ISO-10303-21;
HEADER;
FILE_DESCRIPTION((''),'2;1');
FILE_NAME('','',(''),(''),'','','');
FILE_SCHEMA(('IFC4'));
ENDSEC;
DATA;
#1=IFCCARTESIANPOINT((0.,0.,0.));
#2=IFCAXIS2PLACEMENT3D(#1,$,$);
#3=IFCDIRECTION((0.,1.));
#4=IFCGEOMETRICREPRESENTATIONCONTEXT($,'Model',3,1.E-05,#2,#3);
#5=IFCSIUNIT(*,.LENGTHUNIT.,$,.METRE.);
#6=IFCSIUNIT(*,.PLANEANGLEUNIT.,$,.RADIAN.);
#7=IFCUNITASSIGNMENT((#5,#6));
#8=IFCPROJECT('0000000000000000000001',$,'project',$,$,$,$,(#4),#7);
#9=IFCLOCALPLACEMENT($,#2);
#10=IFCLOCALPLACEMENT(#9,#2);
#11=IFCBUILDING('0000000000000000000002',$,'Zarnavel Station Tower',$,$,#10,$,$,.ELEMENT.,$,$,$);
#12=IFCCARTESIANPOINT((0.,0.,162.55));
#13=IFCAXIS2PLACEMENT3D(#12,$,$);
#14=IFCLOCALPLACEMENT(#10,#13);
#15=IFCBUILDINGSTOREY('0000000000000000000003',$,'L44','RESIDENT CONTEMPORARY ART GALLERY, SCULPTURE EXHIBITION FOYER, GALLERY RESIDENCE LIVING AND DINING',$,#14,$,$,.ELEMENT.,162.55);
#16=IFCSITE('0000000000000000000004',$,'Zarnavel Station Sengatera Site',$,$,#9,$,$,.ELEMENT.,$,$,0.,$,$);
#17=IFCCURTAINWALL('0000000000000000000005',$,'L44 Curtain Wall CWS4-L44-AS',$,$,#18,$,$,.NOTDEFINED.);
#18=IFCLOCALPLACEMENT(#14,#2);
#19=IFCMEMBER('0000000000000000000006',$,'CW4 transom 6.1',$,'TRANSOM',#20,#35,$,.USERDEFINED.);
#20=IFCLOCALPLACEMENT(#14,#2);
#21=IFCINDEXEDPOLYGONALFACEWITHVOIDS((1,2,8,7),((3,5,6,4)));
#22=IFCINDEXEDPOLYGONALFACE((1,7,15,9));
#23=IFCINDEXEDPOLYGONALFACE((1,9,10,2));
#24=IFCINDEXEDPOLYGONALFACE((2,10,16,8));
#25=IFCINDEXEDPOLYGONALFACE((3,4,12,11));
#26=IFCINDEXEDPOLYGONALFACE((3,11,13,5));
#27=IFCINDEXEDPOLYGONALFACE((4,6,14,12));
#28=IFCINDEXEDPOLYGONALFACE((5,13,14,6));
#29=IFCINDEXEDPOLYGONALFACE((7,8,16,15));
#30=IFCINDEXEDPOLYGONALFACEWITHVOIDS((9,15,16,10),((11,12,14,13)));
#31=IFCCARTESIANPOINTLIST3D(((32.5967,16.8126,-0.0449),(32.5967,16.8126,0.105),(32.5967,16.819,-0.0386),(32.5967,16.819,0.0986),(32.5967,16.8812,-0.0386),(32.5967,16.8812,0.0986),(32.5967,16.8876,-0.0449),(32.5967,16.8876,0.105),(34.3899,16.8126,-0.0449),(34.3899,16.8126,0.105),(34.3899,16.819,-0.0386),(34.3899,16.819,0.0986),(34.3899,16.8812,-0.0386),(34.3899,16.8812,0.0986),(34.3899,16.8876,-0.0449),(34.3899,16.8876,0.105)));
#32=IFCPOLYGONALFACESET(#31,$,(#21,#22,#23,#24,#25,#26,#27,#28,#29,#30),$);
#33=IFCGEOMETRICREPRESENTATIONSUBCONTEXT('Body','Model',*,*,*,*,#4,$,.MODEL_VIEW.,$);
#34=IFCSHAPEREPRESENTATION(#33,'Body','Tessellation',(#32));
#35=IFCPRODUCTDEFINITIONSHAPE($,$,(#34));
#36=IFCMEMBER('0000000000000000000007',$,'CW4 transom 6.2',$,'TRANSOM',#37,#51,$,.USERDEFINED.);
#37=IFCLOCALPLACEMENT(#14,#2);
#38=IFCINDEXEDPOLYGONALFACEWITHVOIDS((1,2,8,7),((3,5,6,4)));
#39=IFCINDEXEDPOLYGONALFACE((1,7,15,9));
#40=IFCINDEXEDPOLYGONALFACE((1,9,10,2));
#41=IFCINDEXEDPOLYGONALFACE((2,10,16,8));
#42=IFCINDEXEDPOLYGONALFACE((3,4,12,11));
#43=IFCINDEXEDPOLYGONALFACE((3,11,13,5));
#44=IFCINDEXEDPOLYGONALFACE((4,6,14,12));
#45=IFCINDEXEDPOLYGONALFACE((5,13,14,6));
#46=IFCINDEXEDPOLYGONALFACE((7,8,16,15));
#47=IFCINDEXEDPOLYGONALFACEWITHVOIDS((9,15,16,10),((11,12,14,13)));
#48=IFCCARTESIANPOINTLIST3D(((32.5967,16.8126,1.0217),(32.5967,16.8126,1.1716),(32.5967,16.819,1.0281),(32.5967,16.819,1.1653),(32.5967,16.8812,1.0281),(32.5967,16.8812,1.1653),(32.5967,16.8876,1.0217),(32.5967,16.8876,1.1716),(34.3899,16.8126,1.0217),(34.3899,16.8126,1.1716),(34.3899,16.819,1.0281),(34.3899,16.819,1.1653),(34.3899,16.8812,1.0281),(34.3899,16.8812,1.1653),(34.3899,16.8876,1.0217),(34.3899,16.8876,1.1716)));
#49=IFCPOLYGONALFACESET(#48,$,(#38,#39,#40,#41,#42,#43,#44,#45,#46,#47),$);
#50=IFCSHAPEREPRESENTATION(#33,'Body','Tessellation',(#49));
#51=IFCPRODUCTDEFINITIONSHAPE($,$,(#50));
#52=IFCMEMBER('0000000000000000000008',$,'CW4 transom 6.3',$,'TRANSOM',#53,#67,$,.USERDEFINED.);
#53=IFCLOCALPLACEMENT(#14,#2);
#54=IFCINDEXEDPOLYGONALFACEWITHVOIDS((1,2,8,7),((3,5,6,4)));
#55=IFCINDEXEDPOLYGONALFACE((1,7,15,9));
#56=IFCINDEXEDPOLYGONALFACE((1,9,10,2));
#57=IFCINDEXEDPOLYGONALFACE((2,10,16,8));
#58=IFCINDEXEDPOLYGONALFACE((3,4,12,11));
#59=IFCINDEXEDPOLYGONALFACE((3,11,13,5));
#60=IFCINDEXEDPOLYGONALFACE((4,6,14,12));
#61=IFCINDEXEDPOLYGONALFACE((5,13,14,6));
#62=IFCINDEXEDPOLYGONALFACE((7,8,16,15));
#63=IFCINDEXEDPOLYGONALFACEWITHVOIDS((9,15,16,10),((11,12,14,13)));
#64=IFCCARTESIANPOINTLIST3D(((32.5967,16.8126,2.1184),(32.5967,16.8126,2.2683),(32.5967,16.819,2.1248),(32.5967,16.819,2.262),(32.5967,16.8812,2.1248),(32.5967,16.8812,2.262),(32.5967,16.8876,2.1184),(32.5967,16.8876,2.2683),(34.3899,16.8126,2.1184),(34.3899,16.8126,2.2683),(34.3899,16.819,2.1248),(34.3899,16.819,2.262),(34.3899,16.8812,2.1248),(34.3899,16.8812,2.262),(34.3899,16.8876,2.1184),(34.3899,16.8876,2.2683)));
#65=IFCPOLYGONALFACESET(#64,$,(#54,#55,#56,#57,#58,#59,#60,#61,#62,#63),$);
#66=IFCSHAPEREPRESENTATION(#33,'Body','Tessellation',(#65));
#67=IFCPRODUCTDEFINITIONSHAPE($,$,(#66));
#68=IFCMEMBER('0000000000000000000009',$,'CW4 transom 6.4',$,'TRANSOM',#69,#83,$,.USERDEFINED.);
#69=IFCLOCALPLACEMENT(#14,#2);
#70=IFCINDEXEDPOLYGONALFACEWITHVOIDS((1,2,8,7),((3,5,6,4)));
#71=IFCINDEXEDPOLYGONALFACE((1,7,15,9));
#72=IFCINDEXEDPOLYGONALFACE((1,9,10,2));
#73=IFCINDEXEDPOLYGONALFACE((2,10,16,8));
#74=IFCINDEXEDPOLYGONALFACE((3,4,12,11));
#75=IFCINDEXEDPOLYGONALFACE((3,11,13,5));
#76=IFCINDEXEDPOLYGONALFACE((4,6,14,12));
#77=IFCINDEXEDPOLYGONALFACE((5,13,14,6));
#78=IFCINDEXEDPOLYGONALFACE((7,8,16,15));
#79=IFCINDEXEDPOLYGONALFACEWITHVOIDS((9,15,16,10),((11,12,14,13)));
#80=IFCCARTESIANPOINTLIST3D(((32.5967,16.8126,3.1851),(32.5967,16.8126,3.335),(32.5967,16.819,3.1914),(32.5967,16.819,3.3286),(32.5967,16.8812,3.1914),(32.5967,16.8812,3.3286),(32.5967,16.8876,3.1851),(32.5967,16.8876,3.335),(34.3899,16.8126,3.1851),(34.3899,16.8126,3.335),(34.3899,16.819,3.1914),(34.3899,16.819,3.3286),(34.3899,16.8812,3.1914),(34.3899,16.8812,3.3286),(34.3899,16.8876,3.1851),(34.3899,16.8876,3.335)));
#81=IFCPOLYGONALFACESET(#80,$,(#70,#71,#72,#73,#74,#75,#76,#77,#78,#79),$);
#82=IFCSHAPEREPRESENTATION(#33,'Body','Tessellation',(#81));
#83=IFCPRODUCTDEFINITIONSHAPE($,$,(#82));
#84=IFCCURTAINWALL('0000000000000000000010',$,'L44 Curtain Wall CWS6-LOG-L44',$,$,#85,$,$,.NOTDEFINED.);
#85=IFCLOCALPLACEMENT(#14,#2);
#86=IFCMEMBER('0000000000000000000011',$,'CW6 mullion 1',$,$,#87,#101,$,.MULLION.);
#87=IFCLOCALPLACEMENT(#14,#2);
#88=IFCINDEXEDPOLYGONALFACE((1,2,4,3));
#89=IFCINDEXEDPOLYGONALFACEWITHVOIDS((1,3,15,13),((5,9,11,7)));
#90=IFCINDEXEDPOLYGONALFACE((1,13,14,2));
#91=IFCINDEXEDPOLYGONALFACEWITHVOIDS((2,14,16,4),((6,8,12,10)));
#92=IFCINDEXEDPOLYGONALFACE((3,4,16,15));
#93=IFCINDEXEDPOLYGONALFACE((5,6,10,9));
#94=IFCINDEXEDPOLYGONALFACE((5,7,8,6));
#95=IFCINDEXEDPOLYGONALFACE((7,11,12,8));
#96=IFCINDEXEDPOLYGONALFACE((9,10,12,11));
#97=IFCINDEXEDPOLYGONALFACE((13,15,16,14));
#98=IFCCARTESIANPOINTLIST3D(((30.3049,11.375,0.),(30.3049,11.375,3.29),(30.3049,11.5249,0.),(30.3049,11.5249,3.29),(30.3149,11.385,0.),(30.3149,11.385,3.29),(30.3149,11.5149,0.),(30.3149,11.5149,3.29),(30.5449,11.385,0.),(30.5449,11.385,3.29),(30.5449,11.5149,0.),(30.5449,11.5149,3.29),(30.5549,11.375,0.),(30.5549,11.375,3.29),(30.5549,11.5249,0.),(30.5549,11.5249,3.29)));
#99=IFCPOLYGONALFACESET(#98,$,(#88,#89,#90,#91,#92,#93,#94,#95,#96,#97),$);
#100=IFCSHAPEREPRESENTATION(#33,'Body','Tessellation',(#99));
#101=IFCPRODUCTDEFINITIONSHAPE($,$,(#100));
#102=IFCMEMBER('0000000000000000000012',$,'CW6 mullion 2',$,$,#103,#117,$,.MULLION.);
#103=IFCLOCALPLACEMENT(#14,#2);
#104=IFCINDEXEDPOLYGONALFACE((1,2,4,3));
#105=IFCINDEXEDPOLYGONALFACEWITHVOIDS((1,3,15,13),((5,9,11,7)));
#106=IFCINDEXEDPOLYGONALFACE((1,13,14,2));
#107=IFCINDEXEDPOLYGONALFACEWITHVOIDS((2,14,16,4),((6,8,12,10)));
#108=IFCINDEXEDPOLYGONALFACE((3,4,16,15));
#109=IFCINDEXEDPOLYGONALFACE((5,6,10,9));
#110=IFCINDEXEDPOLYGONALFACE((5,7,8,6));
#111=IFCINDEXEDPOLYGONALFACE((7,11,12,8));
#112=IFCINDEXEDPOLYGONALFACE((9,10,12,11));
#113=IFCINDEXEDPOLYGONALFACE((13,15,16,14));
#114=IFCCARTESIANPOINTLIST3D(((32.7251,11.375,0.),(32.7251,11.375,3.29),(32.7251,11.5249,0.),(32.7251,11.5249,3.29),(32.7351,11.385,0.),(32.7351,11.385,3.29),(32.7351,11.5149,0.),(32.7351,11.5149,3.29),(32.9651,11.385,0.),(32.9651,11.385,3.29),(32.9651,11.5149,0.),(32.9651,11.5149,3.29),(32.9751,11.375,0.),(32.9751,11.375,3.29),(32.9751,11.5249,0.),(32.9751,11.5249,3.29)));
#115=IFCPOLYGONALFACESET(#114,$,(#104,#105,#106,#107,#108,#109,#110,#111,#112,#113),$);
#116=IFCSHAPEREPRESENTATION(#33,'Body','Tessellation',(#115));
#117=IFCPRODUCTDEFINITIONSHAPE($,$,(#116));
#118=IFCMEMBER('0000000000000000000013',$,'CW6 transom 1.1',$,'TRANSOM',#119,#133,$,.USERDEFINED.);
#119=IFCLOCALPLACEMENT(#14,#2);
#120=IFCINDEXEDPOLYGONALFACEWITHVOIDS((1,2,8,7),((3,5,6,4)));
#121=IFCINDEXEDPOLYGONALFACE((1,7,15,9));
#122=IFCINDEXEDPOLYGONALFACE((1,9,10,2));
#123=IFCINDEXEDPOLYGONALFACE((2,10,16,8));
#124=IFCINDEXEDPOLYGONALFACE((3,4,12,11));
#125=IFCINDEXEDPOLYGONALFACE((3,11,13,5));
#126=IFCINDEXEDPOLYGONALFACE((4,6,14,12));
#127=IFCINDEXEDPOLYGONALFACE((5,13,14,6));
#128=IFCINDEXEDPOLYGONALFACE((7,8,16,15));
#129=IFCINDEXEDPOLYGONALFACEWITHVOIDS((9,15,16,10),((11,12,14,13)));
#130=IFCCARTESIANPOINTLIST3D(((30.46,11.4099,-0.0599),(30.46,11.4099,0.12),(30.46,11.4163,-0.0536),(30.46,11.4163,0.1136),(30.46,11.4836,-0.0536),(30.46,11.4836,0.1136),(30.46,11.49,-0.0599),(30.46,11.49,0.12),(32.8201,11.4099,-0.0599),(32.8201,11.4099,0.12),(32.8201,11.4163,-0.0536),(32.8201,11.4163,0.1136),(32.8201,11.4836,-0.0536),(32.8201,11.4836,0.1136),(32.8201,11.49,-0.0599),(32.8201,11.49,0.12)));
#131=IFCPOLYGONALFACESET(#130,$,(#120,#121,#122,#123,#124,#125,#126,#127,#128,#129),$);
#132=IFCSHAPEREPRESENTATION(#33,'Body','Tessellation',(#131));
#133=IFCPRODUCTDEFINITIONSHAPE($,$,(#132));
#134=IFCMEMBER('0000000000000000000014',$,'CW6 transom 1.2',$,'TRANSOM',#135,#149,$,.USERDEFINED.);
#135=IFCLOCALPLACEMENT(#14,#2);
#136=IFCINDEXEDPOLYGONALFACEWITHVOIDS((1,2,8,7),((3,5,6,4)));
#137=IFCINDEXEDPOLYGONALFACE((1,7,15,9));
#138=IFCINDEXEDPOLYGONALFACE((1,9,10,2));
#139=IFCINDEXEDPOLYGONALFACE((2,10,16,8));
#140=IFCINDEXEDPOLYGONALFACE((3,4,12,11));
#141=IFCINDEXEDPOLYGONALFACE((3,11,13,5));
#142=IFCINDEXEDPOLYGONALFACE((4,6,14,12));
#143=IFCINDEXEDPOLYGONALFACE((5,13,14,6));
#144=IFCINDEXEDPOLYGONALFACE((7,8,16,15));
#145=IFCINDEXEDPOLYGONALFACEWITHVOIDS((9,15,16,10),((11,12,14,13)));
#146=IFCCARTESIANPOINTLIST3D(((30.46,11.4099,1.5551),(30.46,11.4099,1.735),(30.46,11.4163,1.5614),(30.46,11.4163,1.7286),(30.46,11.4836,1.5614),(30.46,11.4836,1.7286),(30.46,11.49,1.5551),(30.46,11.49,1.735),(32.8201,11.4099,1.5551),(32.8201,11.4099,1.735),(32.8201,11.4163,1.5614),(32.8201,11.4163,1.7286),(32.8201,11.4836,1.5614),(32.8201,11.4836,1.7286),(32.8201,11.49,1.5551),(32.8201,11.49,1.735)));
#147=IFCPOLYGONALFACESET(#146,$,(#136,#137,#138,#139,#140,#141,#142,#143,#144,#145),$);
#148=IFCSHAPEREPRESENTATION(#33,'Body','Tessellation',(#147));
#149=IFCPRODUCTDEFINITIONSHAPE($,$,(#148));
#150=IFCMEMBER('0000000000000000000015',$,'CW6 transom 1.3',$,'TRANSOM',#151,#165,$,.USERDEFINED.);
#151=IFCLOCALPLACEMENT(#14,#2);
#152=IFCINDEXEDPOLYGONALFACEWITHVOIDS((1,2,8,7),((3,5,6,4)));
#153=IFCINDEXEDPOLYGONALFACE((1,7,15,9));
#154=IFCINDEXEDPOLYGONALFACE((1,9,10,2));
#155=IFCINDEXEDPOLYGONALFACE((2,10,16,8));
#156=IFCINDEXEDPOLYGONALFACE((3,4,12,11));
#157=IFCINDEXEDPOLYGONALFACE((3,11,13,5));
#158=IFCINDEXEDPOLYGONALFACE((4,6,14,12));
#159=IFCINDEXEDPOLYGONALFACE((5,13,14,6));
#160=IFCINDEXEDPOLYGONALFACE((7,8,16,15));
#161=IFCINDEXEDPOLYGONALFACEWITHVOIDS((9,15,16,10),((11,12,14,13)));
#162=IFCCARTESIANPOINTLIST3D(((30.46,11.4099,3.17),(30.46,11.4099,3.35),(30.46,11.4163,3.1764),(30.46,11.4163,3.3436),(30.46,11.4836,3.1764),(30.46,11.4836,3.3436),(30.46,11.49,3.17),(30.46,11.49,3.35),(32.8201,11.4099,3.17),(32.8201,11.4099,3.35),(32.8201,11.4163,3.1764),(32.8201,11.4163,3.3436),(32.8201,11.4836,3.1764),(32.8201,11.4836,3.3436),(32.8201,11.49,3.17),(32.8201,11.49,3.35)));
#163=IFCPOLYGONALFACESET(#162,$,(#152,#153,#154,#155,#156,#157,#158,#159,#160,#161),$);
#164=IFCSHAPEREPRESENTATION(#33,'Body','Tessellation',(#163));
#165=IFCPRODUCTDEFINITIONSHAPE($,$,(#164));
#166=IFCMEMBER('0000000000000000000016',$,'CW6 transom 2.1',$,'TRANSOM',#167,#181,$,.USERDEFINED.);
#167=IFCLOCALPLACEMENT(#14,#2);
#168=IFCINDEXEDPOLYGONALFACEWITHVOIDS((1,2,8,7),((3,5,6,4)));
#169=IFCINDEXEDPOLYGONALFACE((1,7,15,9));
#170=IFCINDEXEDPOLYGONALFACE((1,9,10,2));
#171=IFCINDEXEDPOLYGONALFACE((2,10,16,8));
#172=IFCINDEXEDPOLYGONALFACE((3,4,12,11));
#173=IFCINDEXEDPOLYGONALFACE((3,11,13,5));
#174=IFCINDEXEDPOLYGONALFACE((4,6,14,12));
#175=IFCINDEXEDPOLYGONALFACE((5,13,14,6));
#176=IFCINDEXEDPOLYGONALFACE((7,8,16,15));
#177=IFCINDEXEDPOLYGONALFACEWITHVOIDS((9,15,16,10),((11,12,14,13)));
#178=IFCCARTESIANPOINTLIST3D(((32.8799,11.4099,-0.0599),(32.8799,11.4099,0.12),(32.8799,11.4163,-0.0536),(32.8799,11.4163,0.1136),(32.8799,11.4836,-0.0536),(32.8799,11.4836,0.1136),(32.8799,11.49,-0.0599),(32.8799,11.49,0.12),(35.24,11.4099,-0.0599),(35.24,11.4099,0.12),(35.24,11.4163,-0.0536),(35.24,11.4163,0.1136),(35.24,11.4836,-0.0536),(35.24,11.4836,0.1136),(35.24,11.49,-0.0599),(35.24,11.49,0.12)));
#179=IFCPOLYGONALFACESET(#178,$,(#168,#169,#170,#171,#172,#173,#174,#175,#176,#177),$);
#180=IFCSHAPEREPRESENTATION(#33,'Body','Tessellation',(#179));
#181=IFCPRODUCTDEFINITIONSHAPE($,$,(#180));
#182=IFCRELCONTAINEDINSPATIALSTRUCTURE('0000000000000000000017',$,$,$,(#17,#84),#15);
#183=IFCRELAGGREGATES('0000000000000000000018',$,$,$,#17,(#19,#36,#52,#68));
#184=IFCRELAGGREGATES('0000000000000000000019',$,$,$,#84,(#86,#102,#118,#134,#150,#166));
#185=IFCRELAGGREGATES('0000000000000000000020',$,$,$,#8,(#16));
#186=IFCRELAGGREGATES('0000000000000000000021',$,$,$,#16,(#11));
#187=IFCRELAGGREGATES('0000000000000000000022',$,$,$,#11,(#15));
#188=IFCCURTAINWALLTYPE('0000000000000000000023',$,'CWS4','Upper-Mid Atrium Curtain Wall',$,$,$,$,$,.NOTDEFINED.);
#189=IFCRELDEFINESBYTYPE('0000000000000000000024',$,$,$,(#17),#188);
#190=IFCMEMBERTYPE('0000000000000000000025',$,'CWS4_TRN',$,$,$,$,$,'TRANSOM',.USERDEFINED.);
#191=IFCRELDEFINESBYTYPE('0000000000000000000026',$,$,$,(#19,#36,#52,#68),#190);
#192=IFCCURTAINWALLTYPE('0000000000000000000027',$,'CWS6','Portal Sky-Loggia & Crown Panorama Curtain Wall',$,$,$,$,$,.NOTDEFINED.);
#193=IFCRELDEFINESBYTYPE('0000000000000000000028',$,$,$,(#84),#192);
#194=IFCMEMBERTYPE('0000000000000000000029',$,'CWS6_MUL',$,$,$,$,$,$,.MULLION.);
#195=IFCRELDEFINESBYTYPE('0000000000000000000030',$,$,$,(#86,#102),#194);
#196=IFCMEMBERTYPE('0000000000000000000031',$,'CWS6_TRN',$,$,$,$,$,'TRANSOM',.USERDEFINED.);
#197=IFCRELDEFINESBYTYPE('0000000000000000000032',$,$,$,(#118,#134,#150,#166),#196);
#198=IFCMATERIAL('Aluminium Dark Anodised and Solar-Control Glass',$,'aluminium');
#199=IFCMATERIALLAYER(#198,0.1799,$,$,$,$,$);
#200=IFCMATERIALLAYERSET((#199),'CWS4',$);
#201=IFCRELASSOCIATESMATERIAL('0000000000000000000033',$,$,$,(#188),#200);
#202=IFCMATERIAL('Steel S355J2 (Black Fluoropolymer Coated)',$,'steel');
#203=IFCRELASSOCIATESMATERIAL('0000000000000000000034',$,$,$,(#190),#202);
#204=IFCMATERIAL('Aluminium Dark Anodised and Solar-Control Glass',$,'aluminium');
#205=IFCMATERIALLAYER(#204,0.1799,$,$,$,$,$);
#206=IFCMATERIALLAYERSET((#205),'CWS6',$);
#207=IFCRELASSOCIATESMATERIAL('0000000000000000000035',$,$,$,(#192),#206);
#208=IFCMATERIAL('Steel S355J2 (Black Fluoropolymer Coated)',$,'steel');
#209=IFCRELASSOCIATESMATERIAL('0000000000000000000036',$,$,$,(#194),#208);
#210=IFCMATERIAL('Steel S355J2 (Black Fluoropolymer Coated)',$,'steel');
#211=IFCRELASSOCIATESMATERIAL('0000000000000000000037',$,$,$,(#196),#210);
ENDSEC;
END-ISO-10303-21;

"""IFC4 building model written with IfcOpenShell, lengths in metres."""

from ifc_helpers import new_model, si_unit, direction, frame, origin, origin_2d, place, context, subcontext, project, spatial, hollow_rectangle, extrude, material, layer, layer_set, material_profile, profile_set, type_object, element, aggregate, save


model = new_model("IFC4")

# Units and contexts
model_context = context("Model", 3, precision=1e-05, world=origin(), true_north=direction((0.0, 1.0)))
body_context = subcontext(model_context, "Body", "Model", "MODEL_VIEW")
ifc_project = project(units=[si_unit("LENGTHUNIT", "METRE"), si_unit("PLANEANGLEUNIT", "RADIAN")], contexts=[model_context])

# Site, building, storey
site_placement = place(None, origin())
site = spatial("IfcSite", under=ifc_project, at=site_placement, Name="Zarnavel Station Sengatera Site", CompositionType="ELEMENT", RefElevation=0.0)
building_placement = place(site_placement, origin())
building = spatial("IfcBuilding", under=site, at=building_placement, Name="Zarnavel Station Tower", CompositionType="ELEMENT")
storey_placement = place(building_placement, frame((0.0, 0.0, 162.55)))
storey = spatial("IfcBuildingStorey", under=building, at=storey_placement, Name="L44", Description="RESIDENT CONTEMPORARY ART GALLERY, SCULPTURE EXHIBITION FOYER, GALLERY RESIDENCE LIVING AND DINING", CompositionType="ELEMENT", Elevation=162.55)

# Curtain walls, members
ifc_material_1 = material(Name="Aluminium Dark Anodised and Solar-Control Glass", Category="aluminium")
ifc_layer_1 = layer(ifc_material_1, 0.1799)
ifc_layer_set_1 = layer_set([ifc_layer_1], Name="CWS4")
curtain_wall_type_1 = type_object("IfcCurtainWallType", Name="CWS4", Description="Upper-Mid Atrium Curtain Wall", PredefinedType="NOTDEFINED", material=ifc_layer_set_1)
curtain_wall_1_placement = place(storey_placement, origin())
curtain_wall_1 = element("IfcCurtainWall", 1, at=curtain_wall_1_placement, inside=storey, type_object=curtain_wall_type_1, Name="L44 Curtain Wall CWS4-L44-AS", PredefinedType="NOTDEFINED")
ifc_material_2 = material(Name="Steel S355J2 (Black Fluoropolymer Coated)", Category="steel")
ifc_material_profile_1 = material_profile(ifc_material_2, hollow_rectangle(XDim=0.075, YDim=0.1499, WallThickness=0.0063, at=origin_2d()), Name="RHS150x75x6.3")
ifc_profile_set_1 = profile_set([ifc_material_profile_1], Name="Steel S355J2 (Black Fluoropolymer Coated)")
member_type_1 = type_object("IfcMemberType", Name="CWS4_TRN", ElementType="TRANSOM", PredefinedType="USERDEFINED", material=ifc_profile_set_1)
member_1_placement = place(storey_placement, frame((32.5967, 16.8501, 0.03), z_axis=(1.0, 0.0, 0.0), x_axis=(0.0, 1.0, 0.0)))
member_1 = element("IfcMember", 2, at=member_1_placement, type_object=member_type_1, Name="CW4 transom 6.1", ObjectType="TRANSOM", PredefinedType="USERDEFINED", context=body_context, shape_type="SweptSolid", body=[
    extrude(hollow_rectangle(XDim=0.075, YDim=0.1499, WallThickness=0.0063, at=origin_2d()), origin(), (0.0, 0.0, 1.0), 1.7932),
])
member_2_placement = place(storey_placement, frame((32.5967, 16.8501, 1.0967), z_axis=(1.0, 0.0, 0.0), x_axis=(0.0, 1.0, 0.0)))
member_2 = element("IfcMember", 3, at=member_2_placement, type_object=member_type_1, Name="CW4 transom 6.2", ObjectType="TRANSOM", PredefinedType="USERDEFINED", context=body_context, shape_type="SweptSolid", body=[
    extrude(hollow_rectangle(XDim=0.075, YDim=0.1499, WallThickness=0.0063, at=origin_2d()), origin(), (0.0, 0.0, 1.0), 1.7932),
])
member_3_placement = place(storey_placement, frame((32.5967, 16.8501, 2.1934), z_axis=(1.0, 0.0, 0.0), x_axis=(0.0, 1.0, 0.0)))
member_3 = element("IfcMember", 4, at=member_3_placement, type_object=member_type_1, Name="CW4 transom 6.3", ObjectType="TRANSOM", PredefinedType="USERDEFINED", context=body_context, shape_type="SweptSolid", body=[
    extrude(hollow_rectangle(XDim=0.075, YDim=0.1499, WallThickness=0.0063, at=origin_2d()), origin(), (0.0, 0.0, 1.0), 1.7932),
])
member_4_placement = place(storey_placement, frame((32.5967, 16.8501, 3.26), z_axis=(1.0, 0.0, 0.0), x_axis=(0.0, 1.0, 0.0)))
member_4 = element("IfcMember", 5, at=member_4_placement, type_object=member_type_1, Name="CW4 transom 6.4", ObjectType="TRANSOM", PredefinedType="USERDEFINED", context=body_context, shape_type="SweptSolid", body=[
    extrude(hollow_rectangle(XDim=0.075, YDim=0.1499, WallThickness=0.0063, at=origin_2d()), origin(), (0.0, 0.0, 1.0), 1.7932),
])
ifc_material_3 = material(Name="Aluminium Dark Anodised and Solar-Control Glass", Category="aluminium")
ifc_layer_2 = layer(ifc_material_3, 0.1799)
ifc_layer_set_2 = layer_set([ifc_layer_2], Name="CWS6")
curtain_wall_type_2 = type_object("IfcCurtainWallType", Name="CWS6", Description="Portal Sky-Loggia & Crown Panorama Curtain Wall", PredefinedType="NOTDEFINED", material=ifc_layer_set_2)
curtain_wall_2_placement = place(storey_placement, origin())
curtain_wall_2 = element("IfcCurtainWall", 6, at=curtain_wall_2_placement, inside=storey, type_object=curtain_wall_type_2, Name="L44 Curtain Wall CWS6-LOG-L44", PredefinedType="NOTDEFINED")
ifc_material_4 = material(Name="Steel S355J2 (Black Fluoropolymer Coated)", Category="steel")
ifc_material_profile_2 = material_profile(ifc_material_4, hollow_rectangle(XDim=0.1499, YDim=0.25, WallThickness=0.01, at=origin_2d()), Name="RHS250x150x10")
ifc_profile_set_2 = profile_set([ifc_material_profile_2], Name="Steel S355J2 (Black Fluoropolymer Coated)")
member_type_2 = type_object("IfcMemberType", Name="CWS6_MUL", PredefinedType="MULLION", material=ifc_profile_set_2)
member_5_placement = place(storey_placement, frame((30.4299, 11.45, 0.0), z_axis=(0.0, 0.0, 1.0), x_axis=(0.0, 1.0, 0.0)))
member_5 = element("IfcMember", 7, at=member_5_placement, type_object=member_type_2, Name="CW6 mullion 1", PredefinedType="MULLION", context=body_context, shape_type="SweptSolid", body=[
    extrude(hollow_rectangle(XDim=0.1499, YDim=0.25, WallThickness=0.01, at=origin_2d()), origin(), (0.0, 0.0, 1.0), 3.29),
])
member_6_placement = place(storey_placement, frame((32.8501, 11.45, 0.0), z_axis=(0.0, 0.0, 1.0), x_axis=(0.0, 1.0, 0.0)))
member_6 = element("IfcMember", 8, at=member_6_placement, type_object=member_type_2, Name="CW6 mullion 2", PredefinedType="MULLION", context=body_context, shape_type="SweptSolid", body=[
    extrude(hollow_rectangle(XDim=0.1499, YDim=0.25, WallThickness=0.01, at=origin_2d()), origin(), (0.0, 0.0, 1.0), 3.29),
])
ifc_material_5 = material(Name="Steel S355J2 (Black Fluoropolymer Coated)", Category="steel")
ifc_material_profile_3 = material_profile(ifc_material_5, hollow_rectangle(XDim=0.0801, YDim=0.1799, WallThickness=0.0063, at=origin_2d()), Name="RHS180x80x6.3")
ifc_profile_set_3 = profile_set([ifc_material_profile_3], Name="Steel S355J2 (Black Fluoropolymer Coated)")
member_type_3 = type_object("IfcMemberType", Name="CWS6_TRN", ElementType="TRANSOM", PredefinedType="USERDEFINED", material=ifc_profile_set_3)
member_7_placement = place(storey_placement, frame((30.46, 11.45, 0.03), z_axis=(1.0, 0.0, 0.0), x_axis=(0.0, 1.0, 0.0)))
member_7 = element("IfcMember", 9, at=member_7_placement, type_object=member_type_3, Name="CW6 transom 1.1", ObjectType="TRANSOM", PredefinedType="USERDEFINED", context=body_context, shape_type="SweptSolid", body=[
    extrude(hollow_rectangle(XDim=0.0801, YDim=0.1799, WallThickness=0.0063, at=origin_2d()), origin(), (0.0, 0.0, 1.0), 2.3601),
])
member_8_placement = place(storey_placement, frame((30.46, 11.45, 1.645), z_axis=(1.0, 0.0, 0.0), x_axis=(0.0, 1.0, 0.0)))
member_8 = element("IfcMember", 10, at=member_8_placement, type_object=member_type_3, Name="CW6 transom 1.2", ObjectType="TRANSOM", PredefinedType="USERDEFINED", context=body_context, shape_type="SweptSolid", body=[
    extrude(hollow_rectangle(XDim=0.0801, YDim=0.1799, WallThickness=0.0063, at=origin_2d()), origin(), (0.0, 0.0, 1.0), 2.3601),
])
member_9_placement = place(storey_placement, frame((30.46, 11.45, 3.26), z_axis=(1.0, 0.0, 0.0), x_axis=(0.0, 1.0, 0.0)))
member_9 = element("IfcMember", 11, at=member_9_placement, type_object=member_type_3, Name="CW6 transom 1.3", ObjectType="TRANSOM", PredefinedType="USERDEFINED", context=body_context, shape_type="SweptSolid", body=[
    extrude(hollow_rectangle(XDim=0.0801, YDim=0.1799, WallThickness=0.0063, at=origin_2d()), origin(), (0.0, 0.0, 1.0), 2.3601),
])
member_10_placement = place(storey_placement, frame((32.8799, 11.45, 0.03), z_axis=(1.0, 0.0, 0.0), x_axis=(0.0, 1.0, 0.0)))
member_10 = element("IfcMember", 12, at=member_10_placement, type_object=member_type_3, Name="CW6 transom 2.1", ObjectType="TRANSOM", PredefinedType="USERDEFINED", context=body_context, shape_type="SweptSolid", body=[
    extrude(hollow_rectangle(XDim=0.0801, YDim=0.1799, WallThickness=0.0063, at=origin_2d()), origin(), (0.0, 0.0, 1.0), 2.3601),
])

aggregate(curtain_wall_1, [member_1, member_2, member_3, member_4])
aggregate(curtain_wall_2, [member_5, member_6, member_7, member_8, member_9, member_10])

save(model, "model.ifc")
